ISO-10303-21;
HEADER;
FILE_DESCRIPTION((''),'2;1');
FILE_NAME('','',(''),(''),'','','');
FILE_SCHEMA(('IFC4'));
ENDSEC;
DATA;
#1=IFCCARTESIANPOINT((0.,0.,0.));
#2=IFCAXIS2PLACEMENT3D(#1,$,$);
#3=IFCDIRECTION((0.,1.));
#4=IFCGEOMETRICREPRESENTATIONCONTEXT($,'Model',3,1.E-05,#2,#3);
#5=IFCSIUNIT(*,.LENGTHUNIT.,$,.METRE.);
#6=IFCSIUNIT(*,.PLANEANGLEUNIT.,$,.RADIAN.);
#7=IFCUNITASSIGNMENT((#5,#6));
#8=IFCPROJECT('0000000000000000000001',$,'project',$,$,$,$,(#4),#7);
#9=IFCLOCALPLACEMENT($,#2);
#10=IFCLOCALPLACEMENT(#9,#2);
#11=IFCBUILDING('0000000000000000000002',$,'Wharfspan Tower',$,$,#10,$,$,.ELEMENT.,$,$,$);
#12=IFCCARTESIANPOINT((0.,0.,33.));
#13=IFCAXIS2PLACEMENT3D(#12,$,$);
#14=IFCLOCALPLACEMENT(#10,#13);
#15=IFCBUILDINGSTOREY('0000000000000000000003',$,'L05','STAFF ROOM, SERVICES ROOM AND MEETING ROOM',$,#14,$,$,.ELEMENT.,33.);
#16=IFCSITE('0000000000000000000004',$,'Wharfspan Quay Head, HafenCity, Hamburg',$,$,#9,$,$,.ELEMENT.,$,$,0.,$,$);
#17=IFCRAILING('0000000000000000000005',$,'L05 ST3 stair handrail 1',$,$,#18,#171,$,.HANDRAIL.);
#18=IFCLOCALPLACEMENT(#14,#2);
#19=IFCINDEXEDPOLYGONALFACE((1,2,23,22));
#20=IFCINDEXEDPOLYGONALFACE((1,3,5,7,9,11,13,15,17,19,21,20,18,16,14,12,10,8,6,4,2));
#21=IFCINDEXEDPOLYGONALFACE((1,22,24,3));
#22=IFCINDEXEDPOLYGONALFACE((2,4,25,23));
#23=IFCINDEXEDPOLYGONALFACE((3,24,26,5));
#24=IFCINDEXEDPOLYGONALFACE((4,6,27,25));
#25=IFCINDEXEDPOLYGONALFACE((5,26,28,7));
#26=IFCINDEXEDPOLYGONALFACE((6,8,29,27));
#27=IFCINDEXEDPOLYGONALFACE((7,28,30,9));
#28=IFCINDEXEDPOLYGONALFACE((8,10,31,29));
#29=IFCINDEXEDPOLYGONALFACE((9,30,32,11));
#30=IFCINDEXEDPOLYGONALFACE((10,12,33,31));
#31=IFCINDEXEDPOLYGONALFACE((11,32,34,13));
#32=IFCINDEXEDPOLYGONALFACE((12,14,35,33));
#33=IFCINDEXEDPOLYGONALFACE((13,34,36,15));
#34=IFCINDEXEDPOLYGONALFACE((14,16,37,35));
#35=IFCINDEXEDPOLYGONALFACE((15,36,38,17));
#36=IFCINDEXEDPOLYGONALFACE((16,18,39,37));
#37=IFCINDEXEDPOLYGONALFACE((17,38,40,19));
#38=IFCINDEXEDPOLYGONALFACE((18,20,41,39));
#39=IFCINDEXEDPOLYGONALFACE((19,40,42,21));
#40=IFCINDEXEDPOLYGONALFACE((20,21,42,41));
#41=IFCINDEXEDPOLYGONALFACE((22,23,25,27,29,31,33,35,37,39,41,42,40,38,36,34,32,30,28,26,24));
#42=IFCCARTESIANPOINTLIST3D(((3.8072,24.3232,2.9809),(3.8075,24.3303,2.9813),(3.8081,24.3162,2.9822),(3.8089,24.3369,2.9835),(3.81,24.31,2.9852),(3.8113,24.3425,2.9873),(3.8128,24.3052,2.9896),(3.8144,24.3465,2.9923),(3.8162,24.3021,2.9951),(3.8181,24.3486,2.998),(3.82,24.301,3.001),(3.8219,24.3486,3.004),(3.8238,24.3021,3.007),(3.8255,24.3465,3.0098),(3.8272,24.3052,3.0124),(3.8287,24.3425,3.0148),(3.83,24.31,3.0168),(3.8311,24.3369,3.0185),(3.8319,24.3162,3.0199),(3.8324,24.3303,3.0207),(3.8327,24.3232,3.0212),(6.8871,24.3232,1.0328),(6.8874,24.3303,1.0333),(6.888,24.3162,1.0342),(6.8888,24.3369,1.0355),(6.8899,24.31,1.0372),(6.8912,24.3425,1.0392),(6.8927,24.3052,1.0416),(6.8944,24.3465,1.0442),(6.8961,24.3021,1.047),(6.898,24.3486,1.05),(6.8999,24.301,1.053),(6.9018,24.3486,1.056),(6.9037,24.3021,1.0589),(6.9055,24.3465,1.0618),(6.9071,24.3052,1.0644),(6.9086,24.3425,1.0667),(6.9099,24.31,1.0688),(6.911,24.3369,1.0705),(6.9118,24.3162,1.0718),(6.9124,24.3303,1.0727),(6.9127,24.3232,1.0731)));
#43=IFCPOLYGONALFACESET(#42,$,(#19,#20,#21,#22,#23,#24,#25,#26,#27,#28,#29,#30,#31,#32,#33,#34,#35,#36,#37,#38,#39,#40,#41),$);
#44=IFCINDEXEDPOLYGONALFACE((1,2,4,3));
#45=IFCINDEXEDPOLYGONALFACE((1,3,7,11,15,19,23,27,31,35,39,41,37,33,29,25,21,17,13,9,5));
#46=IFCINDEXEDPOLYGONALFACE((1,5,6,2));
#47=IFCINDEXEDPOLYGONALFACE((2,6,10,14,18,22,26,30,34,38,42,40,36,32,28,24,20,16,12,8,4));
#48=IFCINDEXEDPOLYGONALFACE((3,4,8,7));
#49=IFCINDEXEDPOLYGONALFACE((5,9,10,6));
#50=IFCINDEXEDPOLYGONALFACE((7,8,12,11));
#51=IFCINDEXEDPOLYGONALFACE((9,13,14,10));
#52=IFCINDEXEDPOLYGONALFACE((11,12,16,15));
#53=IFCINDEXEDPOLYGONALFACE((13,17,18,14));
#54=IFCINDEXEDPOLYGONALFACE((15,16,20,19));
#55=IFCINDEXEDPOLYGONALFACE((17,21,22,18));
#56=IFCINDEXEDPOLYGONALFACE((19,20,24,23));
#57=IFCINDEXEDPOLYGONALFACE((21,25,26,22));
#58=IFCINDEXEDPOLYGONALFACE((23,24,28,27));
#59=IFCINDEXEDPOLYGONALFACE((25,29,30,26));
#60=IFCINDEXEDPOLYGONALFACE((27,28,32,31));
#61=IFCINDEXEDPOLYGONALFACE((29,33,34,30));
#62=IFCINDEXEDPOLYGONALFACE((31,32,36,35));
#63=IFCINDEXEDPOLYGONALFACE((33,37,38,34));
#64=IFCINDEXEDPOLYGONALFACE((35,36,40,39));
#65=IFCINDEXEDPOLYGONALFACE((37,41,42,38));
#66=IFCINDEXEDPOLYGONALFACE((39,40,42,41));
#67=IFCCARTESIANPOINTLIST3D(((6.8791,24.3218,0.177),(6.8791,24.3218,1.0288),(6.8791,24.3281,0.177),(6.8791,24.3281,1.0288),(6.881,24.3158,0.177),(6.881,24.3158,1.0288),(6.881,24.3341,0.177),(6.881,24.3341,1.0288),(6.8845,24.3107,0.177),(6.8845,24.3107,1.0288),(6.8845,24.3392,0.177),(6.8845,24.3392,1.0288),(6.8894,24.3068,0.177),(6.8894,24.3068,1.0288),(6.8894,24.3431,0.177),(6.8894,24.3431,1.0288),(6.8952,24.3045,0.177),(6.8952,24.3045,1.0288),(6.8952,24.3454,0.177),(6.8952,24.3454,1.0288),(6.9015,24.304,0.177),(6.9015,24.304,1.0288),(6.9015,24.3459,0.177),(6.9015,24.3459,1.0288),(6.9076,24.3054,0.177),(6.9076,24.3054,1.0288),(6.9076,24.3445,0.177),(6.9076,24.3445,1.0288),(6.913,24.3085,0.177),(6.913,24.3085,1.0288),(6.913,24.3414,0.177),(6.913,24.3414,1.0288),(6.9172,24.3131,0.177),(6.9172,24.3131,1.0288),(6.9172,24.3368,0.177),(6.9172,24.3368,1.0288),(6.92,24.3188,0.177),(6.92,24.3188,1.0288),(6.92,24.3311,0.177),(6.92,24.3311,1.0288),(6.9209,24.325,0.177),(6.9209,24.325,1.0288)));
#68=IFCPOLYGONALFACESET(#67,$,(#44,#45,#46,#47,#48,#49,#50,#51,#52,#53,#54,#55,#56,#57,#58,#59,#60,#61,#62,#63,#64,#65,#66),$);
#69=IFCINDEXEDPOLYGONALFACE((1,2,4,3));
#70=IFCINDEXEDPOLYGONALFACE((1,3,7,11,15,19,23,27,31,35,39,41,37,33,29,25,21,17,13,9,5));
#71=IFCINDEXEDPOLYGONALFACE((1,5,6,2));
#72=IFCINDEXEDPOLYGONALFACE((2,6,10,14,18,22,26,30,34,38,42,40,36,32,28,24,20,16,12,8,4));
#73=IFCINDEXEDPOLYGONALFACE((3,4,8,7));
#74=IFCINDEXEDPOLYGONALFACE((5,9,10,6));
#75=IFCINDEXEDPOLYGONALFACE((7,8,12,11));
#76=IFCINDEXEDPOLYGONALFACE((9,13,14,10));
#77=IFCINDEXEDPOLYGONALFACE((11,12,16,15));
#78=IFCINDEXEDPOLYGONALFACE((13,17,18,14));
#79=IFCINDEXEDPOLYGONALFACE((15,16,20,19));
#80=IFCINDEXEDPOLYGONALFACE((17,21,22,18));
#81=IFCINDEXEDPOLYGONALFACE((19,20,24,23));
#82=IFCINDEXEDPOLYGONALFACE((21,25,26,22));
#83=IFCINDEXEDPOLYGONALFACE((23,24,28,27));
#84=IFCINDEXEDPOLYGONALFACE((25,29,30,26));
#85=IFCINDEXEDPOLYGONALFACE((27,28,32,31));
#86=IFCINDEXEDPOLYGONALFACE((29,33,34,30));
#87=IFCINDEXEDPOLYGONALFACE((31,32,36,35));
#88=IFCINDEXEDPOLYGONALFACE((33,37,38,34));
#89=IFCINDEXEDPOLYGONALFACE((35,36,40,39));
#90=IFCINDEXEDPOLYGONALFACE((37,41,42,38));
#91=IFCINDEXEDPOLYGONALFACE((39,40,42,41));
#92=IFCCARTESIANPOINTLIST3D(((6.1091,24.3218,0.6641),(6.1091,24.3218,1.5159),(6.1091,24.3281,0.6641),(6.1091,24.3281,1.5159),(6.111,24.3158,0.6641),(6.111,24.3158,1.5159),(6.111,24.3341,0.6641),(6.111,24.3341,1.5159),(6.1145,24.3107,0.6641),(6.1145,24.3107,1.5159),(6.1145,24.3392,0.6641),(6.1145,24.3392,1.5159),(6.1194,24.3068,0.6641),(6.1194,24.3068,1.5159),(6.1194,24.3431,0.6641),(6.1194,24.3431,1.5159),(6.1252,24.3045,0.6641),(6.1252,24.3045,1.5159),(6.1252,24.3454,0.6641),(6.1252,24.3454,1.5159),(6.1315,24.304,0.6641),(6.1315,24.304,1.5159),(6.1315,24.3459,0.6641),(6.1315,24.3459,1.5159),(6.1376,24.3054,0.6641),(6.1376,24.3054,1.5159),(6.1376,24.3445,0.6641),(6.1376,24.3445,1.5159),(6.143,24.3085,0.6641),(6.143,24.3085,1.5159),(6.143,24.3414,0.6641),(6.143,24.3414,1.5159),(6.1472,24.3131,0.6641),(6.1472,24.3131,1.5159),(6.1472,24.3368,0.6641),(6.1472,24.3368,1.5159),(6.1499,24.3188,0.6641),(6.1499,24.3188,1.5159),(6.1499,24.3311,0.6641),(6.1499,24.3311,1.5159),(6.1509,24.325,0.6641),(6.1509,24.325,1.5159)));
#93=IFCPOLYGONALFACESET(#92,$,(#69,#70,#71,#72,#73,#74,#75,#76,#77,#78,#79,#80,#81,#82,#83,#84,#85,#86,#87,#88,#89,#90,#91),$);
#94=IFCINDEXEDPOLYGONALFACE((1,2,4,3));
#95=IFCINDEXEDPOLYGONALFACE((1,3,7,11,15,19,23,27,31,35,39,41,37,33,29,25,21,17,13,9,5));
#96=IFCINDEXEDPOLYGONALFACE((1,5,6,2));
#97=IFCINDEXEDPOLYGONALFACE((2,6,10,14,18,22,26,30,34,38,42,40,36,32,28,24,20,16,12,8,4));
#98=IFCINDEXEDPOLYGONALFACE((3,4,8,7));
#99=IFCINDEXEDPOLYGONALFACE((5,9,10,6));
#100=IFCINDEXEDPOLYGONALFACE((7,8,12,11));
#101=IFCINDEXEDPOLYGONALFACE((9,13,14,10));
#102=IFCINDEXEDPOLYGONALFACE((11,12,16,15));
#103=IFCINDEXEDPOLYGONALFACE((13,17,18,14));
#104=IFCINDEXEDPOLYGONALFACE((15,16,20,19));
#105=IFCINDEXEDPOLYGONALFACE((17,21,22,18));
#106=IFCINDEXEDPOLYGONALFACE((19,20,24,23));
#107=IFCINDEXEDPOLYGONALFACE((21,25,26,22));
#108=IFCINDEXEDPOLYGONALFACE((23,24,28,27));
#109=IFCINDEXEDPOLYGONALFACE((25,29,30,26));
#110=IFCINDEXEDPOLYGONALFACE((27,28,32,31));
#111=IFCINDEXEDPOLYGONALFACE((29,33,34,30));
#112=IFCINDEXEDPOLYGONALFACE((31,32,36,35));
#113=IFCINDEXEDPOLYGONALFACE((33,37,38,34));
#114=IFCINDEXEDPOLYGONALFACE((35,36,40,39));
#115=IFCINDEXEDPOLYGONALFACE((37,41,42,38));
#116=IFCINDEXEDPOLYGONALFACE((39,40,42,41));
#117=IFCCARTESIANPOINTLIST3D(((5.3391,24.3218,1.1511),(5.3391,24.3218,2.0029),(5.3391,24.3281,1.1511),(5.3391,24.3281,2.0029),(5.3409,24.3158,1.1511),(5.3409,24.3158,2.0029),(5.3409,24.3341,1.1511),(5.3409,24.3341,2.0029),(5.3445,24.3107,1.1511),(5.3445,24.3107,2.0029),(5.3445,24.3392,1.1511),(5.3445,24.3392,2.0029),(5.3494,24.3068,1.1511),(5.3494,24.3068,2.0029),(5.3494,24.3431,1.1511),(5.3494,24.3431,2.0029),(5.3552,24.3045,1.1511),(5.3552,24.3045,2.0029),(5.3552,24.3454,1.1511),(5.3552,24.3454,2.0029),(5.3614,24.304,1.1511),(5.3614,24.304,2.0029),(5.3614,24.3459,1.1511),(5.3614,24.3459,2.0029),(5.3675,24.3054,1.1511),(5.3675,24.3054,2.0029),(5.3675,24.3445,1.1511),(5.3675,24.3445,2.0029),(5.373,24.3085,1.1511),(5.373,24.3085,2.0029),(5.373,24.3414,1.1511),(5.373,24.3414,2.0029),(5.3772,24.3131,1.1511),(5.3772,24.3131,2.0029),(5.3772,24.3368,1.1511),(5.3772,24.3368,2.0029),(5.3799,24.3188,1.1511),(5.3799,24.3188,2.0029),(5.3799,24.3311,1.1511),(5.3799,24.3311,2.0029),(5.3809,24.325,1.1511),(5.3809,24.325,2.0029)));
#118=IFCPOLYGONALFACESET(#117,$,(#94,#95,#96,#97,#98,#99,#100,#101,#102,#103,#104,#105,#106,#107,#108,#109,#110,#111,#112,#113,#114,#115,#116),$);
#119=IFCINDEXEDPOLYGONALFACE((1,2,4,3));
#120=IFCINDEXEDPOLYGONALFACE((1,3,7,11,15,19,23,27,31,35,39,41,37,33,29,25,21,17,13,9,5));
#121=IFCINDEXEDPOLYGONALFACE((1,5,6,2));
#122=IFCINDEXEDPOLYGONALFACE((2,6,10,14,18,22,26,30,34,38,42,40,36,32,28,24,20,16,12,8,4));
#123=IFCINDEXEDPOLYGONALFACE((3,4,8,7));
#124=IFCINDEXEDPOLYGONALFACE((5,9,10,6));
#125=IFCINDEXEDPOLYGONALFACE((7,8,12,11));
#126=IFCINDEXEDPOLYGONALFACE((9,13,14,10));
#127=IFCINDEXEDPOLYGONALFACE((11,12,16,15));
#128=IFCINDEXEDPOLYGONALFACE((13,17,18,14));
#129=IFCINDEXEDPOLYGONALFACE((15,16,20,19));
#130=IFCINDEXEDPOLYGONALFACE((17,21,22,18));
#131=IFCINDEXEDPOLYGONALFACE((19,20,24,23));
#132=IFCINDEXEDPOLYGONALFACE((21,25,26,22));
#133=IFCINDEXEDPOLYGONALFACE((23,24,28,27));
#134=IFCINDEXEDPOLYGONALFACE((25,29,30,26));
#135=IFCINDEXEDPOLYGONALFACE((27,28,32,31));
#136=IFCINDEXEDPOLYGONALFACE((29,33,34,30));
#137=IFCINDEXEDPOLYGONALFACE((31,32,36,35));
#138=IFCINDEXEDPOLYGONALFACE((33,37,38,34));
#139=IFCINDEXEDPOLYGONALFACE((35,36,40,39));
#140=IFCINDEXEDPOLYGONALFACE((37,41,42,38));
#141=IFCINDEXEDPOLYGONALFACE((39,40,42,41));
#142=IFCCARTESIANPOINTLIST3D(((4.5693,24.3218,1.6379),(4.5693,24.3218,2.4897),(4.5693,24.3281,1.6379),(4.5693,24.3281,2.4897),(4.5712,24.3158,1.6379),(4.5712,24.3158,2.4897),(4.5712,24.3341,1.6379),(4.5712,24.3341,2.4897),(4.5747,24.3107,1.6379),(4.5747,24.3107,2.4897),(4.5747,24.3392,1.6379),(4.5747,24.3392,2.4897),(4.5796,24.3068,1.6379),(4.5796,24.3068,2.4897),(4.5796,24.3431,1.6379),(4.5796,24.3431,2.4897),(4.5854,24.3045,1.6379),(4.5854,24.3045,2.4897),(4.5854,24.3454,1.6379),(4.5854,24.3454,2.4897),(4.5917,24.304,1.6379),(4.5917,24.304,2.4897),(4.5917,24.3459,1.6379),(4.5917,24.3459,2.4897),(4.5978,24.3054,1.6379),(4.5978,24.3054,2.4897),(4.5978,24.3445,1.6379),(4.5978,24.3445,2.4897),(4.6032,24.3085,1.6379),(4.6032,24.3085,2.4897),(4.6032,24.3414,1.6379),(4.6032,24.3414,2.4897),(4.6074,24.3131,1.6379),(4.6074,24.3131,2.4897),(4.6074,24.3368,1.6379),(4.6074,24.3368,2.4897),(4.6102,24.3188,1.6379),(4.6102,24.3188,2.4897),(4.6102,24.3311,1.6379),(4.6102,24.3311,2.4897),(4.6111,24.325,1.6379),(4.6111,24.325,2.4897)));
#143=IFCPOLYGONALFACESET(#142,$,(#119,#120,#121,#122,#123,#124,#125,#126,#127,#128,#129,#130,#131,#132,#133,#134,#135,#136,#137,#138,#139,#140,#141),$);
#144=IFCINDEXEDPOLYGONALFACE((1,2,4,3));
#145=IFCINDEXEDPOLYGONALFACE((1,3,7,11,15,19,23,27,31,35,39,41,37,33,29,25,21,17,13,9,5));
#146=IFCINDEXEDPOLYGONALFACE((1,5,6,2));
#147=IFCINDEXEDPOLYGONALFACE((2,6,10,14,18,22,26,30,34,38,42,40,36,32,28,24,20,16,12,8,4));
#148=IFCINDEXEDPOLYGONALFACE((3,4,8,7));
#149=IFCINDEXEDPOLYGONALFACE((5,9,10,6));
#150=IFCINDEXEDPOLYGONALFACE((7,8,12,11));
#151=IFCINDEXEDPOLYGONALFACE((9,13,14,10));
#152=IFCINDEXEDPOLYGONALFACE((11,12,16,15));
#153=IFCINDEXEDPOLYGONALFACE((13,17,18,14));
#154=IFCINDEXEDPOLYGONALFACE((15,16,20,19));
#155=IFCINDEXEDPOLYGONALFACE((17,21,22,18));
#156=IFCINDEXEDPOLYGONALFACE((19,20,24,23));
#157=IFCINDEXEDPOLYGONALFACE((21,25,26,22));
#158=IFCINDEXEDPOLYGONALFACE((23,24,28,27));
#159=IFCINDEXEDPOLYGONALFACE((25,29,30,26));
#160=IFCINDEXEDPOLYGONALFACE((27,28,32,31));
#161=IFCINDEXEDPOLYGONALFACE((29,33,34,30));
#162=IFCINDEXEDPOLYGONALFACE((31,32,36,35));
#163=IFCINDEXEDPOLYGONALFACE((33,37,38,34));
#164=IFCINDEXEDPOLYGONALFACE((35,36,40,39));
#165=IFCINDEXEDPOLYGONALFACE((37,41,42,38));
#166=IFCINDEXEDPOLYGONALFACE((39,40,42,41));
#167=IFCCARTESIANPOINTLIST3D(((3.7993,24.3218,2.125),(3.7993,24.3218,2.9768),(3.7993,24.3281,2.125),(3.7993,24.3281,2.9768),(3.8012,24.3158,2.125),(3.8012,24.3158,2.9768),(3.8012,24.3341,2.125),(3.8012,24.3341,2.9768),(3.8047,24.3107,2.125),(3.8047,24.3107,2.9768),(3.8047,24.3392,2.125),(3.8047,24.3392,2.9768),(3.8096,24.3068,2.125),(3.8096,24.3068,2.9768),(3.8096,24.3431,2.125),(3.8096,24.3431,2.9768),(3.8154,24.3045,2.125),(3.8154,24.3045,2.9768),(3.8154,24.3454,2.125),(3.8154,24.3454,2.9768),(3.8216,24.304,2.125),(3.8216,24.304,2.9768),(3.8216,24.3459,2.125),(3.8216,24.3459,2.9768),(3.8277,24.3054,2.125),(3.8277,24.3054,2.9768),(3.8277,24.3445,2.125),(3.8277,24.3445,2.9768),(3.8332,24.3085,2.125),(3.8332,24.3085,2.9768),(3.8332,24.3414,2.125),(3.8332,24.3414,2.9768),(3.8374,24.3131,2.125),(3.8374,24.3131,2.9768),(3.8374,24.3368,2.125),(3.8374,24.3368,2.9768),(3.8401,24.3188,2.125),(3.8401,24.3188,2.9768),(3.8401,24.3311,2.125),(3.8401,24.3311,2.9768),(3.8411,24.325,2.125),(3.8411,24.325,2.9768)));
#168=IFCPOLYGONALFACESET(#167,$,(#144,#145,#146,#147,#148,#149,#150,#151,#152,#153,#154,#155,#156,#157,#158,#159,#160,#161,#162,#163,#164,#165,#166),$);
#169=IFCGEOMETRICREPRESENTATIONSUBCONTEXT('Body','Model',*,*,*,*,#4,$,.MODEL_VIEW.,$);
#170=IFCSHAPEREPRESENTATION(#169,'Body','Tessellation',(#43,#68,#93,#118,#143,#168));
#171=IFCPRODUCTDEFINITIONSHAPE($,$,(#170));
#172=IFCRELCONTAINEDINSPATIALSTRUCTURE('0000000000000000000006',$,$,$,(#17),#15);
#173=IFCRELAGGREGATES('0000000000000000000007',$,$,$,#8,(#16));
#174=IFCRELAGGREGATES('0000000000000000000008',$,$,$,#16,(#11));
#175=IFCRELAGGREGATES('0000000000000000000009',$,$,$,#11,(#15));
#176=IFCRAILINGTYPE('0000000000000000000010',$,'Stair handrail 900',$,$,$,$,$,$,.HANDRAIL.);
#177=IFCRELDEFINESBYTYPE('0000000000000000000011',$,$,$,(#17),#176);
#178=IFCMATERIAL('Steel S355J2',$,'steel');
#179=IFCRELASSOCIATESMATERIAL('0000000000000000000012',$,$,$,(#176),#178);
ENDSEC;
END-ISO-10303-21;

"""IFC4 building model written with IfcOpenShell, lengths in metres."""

from ifc_helpers import new_model, si_unit, direction, frame, origin, origin_2d, place, context, subcontext, project, spatial, circle, extrude, material, type_object, element, save


model = new_model("IFC4")

# Units and contexts
model_context = context("Model", 3, precision=1e-05, world=origin(), true_north=direction((0.0, 1.0)))
body_context = subcontext(model_context, "Body", "Model", "MODEL_VIEW")
ifc_project = project(units=[si_unit("LENGTHUNIT", "METRE"), si_unit("PLANEANGLEUNIT", "RADIAN")], contexts=[model_context])

# Site, building, storey
site_placement = place(None, origin())
site = spatial("IfcSite", under=ifc_project, at=site_placement, Name="Wharfspan Quay Head, HafenCity, Hamburg", CompositionType="ELEMENT", RefElevation=0.0)
building_placement = place(site_placement, origin())
building = spatial("IfcBuilding", under=site, at=building_placement, Name="Wharfspan Tower", CompositionType="ELEMENT")
storey_placement = place(building_placement, frame((0.0, 0.0, 33.0)))
storey = spatial("IfcBuildingStorey", under=building, at=storey_placement, Name="L05", Description="STAFF ROOM, SERVICES ROOM AND MEETING ROOM", CompositionType="ELEMENT", Elevation=33.0)

# Railing
ifc_material_1 = material(Name="Steel S355J2", Category="steel")
railing_type_1 = type_object("IfcRailingType", Name="Stair handrail 900", PredefinedType="HANDRAIL", material=ifc_material_1)
for number, where, name in (
    (1, (6.8999, 24.325, 0.177), "L05 ST3 stair handrail 1"),
):
    element("IfcRailing", number, at=place(storey_placement, frame(where)), inside=storey, type_object=railing_type_1, Name=name, PredefinedType="HANDRAIL", context=body_context, shape_type="SweptSolid", body=[
        extrude(circle(Radius=0.0239, at=origin_2d()), frame((0.0, 0.0, 0.876), z_axis=(-0.845137, 0.0, 0.53455), x_axis=(0.0, -1.0, 0.0)), (0.0, 0.0, 1.0), 3.6443),
        extrude(circle(Radius=0.021, at=origin_2d()), origin(), (0.0, 0.0, 1.0), 0.8518),
        extrude(circle(Radius=0.021, at=origin_2d()), frame((-0.77, 0.0, 0.4871)), (0.0, 0.0, 1.0), 0.8518),
        extrude(circle(Radius=0.021, at=origin_2d()), frame((-1.54, 0.0, 0.9741)), (0.0, 0.0, 1.0), 0.8518),
        extrude(circle(Radius=0.021, at=origin_2d()), frame((-2.3098, 0.0, 1.4609)), (0.0, 0.0, 1.0), 0.8518),
        extrude(circle(Radius=0.021, at=origin_2d()), frame((-3.0798, 0.0, 1.948)), (0.0, 0.0, 1.0), 0.8518),
    ])

save(model, "model.ifc")
